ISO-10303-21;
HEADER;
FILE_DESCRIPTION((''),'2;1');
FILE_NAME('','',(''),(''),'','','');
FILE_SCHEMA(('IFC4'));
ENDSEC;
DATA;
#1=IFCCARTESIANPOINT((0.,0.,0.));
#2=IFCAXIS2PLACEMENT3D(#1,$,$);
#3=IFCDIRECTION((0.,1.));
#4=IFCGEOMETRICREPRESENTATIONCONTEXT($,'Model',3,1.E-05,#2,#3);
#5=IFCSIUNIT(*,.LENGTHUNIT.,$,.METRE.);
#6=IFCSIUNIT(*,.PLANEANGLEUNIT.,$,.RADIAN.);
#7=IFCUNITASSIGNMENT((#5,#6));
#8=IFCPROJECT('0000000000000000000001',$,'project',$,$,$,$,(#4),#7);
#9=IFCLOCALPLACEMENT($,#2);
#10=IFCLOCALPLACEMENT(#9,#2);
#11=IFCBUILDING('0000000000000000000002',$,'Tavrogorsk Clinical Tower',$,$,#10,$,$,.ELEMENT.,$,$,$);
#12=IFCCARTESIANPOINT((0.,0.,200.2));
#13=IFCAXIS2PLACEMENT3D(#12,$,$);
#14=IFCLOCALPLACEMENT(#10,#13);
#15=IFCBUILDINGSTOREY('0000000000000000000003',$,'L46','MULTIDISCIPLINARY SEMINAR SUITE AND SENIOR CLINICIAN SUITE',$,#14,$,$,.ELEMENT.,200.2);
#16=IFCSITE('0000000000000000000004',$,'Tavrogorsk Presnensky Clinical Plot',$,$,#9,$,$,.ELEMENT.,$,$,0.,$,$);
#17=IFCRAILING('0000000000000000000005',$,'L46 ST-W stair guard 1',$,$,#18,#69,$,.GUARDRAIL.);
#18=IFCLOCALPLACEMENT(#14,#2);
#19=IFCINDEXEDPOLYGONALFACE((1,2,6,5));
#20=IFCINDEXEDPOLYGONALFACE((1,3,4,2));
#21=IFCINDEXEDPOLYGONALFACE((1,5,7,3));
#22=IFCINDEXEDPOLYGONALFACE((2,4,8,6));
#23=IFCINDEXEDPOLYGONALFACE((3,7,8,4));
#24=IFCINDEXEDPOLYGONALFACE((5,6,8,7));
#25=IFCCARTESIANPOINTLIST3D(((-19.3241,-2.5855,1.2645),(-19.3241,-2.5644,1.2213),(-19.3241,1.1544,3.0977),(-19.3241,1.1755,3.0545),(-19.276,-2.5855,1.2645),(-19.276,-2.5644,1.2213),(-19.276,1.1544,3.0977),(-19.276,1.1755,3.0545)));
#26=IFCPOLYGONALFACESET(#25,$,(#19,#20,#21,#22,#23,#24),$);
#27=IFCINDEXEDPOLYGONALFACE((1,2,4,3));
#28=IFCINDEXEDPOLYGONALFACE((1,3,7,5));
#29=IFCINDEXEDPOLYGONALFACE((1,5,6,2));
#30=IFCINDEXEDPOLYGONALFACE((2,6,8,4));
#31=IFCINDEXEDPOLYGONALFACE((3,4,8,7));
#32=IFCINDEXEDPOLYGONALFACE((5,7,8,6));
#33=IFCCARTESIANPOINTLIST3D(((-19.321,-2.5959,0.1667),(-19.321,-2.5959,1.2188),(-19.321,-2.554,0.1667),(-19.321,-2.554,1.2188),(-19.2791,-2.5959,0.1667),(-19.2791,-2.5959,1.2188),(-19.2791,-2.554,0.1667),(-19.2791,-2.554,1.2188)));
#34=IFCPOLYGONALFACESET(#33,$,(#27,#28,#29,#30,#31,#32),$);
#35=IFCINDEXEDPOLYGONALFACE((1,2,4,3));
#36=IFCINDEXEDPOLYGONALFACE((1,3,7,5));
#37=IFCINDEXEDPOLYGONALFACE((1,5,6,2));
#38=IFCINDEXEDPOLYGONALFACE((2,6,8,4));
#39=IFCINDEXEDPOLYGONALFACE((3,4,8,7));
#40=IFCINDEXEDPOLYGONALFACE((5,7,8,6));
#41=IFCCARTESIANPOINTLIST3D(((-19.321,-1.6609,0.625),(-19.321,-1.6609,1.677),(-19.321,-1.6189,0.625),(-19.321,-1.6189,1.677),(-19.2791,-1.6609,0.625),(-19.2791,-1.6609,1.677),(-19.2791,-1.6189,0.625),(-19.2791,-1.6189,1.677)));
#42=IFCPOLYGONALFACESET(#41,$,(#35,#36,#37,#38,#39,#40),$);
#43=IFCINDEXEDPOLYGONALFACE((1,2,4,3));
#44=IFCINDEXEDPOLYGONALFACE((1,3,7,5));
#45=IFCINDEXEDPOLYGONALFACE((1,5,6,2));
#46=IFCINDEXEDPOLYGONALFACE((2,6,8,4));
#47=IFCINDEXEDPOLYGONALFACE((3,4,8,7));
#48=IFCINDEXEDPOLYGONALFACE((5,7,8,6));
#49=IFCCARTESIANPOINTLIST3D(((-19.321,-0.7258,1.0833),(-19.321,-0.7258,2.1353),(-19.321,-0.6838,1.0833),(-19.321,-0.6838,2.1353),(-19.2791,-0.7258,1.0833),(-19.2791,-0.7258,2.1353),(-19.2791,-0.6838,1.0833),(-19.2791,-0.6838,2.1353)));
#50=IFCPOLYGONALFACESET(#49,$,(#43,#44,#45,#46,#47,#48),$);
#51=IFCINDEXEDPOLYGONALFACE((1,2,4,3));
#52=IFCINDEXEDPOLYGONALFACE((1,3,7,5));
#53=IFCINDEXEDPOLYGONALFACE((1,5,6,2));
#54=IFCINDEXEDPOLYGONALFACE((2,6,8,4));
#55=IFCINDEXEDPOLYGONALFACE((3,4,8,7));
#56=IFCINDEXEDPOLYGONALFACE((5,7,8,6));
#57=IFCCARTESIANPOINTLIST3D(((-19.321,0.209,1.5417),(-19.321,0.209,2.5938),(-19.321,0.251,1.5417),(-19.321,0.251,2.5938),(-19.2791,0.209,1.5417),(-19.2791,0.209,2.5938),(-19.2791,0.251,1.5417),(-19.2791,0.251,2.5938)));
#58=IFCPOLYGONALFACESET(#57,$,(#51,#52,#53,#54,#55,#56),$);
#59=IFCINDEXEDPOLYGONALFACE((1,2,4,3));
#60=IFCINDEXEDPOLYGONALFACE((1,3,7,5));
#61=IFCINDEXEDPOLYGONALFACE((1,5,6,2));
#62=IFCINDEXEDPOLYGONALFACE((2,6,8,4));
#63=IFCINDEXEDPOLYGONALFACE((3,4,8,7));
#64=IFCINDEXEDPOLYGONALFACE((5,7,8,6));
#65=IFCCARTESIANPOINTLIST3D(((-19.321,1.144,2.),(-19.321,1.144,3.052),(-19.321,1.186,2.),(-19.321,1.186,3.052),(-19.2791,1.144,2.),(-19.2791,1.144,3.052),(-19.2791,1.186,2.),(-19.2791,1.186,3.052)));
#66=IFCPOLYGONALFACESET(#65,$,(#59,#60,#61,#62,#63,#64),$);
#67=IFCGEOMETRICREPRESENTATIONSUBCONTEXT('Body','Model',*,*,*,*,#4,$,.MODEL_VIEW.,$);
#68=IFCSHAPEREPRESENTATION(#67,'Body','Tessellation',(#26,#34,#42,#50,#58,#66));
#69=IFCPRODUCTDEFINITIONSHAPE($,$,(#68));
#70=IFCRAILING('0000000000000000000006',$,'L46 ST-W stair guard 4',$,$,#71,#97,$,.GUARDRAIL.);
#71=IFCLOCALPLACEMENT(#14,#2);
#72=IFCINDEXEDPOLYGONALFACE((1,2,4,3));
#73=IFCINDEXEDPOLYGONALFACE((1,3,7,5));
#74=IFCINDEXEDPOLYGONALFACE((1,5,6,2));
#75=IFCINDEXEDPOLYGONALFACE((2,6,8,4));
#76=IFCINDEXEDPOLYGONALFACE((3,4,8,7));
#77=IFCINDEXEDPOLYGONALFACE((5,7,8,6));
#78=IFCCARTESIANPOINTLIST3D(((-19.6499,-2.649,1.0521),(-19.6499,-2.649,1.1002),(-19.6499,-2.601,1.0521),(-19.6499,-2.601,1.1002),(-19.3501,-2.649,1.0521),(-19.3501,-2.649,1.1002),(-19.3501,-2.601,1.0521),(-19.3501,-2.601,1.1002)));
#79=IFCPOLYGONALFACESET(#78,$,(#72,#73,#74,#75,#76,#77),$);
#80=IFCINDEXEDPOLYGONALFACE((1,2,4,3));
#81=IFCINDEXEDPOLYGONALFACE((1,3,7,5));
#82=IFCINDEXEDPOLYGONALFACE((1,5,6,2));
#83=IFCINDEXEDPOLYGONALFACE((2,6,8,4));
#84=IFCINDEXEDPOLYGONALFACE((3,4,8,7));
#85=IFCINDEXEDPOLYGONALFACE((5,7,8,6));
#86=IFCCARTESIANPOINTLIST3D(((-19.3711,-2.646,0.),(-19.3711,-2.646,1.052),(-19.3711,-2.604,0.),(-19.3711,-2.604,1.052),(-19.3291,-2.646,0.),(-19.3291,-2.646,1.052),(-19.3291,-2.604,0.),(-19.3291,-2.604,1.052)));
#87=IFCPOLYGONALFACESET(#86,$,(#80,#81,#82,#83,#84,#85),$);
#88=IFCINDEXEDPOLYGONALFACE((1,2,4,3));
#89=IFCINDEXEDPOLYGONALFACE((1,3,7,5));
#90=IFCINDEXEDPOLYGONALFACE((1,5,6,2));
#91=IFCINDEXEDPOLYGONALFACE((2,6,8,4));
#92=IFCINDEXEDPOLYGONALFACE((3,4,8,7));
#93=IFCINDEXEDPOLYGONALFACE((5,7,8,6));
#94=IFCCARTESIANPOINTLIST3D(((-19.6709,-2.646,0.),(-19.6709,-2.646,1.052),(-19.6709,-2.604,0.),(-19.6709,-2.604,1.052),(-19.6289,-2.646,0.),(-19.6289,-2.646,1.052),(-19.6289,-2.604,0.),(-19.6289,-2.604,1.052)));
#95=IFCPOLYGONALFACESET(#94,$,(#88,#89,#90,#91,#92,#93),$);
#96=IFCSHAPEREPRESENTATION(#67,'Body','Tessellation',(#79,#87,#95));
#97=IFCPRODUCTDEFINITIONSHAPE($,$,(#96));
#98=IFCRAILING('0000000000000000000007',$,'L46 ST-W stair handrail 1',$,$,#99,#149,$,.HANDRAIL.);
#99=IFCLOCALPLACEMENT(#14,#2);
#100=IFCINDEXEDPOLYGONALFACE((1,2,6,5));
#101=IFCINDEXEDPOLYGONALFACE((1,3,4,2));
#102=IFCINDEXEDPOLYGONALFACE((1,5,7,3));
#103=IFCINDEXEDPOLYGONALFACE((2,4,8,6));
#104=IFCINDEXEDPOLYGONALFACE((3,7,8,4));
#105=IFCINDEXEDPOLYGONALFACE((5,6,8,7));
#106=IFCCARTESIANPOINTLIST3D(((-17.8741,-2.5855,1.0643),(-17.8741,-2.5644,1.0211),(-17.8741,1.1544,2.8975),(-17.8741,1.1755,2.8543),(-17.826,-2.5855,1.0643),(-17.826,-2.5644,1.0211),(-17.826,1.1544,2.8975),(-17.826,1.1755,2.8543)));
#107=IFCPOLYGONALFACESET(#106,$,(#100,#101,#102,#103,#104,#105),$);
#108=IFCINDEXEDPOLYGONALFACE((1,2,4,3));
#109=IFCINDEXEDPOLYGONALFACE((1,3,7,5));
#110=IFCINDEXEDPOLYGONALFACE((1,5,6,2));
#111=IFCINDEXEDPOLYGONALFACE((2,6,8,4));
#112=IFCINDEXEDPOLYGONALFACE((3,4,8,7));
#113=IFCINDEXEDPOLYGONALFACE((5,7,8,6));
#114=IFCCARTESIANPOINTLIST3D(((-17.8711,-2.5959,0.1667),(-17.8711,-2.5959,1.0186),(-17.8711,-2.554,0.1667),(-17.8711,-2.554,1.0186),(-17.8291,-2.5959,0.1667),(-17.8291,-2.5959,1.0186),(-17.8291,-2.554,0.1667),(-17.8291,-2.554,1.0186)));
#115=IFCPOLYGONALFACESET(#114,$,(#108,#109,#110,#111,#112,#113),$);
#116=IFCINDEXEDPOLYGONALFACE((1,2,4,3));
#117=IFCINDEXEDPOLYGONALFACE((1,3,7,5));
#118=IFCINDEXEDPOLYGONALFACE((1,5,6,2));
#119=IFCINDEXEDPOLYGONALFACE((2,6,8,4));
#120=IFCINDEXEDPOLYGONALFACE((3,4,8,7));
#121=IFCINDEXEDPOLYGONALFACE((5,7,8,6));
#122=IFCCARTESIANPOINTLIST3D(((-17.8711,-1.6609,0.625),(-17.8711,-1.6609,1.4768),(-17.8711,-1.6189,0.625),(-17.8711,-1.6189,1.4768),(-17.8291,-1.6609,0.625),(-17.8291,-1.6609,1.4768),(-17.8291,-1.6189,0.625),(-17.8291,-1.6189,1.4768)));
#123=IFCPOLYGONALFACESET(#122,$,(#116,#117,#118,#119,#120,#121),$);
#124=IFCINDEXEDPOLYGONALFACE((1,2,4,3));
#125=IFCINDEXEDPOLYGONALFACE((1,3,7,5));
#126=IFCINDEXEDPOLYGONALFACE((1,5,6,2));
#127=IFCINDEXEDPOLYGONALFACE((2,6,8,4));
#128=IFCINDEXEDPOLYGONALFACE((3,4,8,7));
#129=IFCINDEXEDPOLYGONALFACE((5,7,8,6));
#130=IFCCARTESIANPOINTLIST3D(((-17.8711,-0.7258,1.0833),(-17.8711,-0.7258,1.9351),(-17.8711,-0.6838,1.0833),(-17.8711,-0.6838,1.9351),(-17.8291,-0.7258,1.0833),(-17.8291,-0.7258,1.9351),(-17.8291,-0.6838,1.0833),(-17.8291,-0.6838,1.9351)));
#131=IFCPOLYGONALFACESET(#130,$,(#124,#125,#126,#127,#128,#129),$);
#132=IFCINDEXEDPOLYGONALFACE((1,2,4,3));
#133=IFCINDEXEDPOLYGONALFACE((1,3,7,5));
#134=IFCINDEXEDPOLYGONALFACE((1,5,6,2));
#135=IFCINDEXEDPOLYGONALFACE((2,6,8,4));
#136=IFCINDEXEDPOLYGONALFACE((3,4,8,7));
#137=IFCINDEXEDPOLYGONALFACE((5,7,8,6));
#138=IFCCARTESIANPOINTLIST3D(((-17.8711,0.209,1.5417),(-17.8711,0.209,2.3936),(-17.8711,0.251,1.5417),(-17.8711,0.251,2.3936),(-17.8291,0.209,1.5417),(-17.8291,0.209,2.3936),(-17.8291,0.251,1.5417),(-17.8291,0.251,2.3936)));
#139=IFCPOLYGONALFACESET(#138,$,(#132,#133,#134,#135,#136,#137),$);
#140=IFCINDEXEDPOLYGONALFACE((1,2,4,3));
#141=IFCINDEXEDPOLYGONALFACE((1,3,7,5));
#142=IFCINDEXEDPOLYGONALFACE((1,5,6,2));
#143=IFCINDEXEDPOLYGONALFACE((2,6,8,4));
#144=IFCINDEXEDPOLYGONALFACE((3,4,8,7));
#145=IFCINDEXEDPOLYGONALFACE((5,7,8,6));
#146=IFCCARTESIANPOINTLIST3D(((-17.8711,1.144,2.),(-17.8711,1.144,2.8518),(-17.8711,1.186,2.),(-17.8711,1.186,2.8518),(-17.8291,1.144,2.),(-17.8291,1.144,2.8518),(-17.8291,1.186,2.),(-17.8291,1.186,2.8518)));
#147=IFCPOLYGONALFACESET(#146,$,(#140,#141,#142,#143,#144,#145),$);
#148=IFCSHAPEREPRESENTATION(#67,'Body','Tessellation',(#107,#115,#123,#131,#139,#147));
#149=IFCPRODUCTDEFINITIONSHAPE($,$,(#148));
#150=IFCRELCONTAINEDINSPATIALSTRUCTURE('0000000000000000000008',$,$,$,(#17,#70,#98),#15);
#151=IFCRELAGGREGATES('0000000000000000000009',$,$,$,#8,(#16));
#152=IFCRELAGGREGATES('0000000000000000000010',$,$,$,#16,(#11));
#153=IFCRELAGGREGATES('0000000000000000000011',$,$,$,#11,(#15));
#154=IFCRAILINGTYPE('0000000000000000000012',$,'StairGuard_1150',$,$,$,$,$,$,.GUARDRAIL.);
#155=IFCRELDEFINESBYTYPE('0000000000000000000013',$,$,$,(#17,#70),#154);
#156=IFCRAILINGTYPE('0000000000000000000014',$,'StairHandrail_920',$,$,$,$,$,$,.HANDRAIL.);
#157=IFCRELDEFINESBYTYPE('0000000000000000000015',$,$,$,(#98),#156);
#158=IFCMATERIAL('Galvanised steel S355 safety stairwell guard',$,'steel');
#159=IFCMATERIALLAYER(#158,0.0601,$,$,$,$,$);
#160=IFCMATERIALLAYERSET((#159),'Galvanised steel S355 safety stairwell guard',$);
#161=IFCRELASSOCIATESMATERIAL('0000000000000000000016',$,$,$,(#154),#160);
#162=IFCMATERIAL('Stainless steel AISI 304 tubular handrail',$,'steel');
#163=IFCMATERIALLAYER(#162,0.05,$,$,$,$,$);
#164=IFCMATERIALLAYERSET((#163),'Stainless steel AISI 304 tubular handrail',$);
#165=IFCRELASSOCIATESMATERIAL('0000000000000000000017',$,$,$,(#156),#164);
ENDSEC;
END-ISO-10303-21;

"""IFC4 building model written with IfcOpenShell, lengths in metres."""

from ifc_helpers import new_model, si_unit, direction, frame, origin, origin_2d, place, context, subcontext, project, spatial, rectangle, extrude, material, layer, layer_set, type_object, element, save


model = new_model("IFC4")

# Units and contexts
model_context = context("Model", 3, precision=1e-05, world=origin(), true_north=direction((0.0, 1.0)))
body_context = subcontext(model_context, "Body", "Model", "MODEL_VIEW")
ifc_project = project(units=[si_unit("LENGTHUNIT", "METRE"), si_unit("PLANEANGLEUNIT", "RADIAN")], contexts=[model_context])

# Site, building, storey
site_placement = place(None, origin())
site = spatial("IfcSite", under=ifc_project, at=site_placement, Name="Tavrogorsk Presnensky Clinical Plot", CompositionType="ELEMENT", RefElevation=0.0)
building_placement = place(site_placement, origin())
building = spatial("IfcBuilding", under=site, at=building_placement, Name="Tavrogorsk Clinical Tower", CompositionType="ELEMENT")
storey_placement = place(building_placement, frame((0.0, 0.0, 200.2)))
storey = spatial("IfcBuildingStorey", under=building, at=storey_placement, Name="L46", Description="MULTIDISCIPLINARY SEMINAR SUITE AND SENIOR CLINICIAN SUITE", CompositionType="ELEMENT", Elevation=200.2)

# Railings
ifc_material_1 = material(Name="Galvanised steel S355 safety stairwell guard", Category="steel")
ifc_layer_1 = layer(ifc_material_1, 0.0601)
ifc_layer_set_1 = layer_set([ifc_layer_1], Name="Galvanised steel S355 safety stairwell guard")
railing_type_1 = type_object("IfcRailingType", Name="StairGuard_1150", PredefinedType="GUARDRAIL", material=ifc_layer_set_1)
railing_1_placement = place(storey_placement, frame((-19.3, -2.575, 0.1667)))
element("IfcRailing", 1, at=railing_1_placement, inside=storey, type_object=railing_type_1, Name="L46 ST-W stair guard 1", PredefinedType="GUARDRAIL", context=body_context, shape_type="SweptSolid", body=[
    extrude(rectangle(XDim=0.0481, YDim=0.0481, at=origin_2d()), frame((0.0, 0.0, 1.0762), z_axis=(0.0, 0.897928, 0.440142), x_axis=(-1.0, 0.0, 0.0)), (0.0, 0.0, 1.0), 4.165),
    extrude(rectangle(XDim=0.042, YDim=0.042, at=origin_2d()), origin(), (0.0, 0.0, 1.0), 1.052),
    extrude(rectangle(XDim=0.042, YDim=0.042, at=origin_2d()), frame((0.0, 0.9351, 0.4583)), (0.0, 0.0, 1.0), 1.052),
    extrude(rectangle(XDim=0.042, YDim=0.042, at=origin_2d()), frame((0.0, 1.8701, 0.9165)), (0.0, 0.0, 1.0), 1.052),
    extrude(rectangle(XDim=0.042, YDim=0.042, at=origin_2d()), frame((0.0, 2.8049, 1.375)), (0.0, 0.0, 1.0), 1.052),
    extrude(rectangle(XDim=0.042, YDim=0.042, at=origin_2d()), frame((0.0, 3.74, 1.8333)), (0.0, 0.0, 1.0), 1.052),
])
railing_2_placement = place(storey_placement, frame((-19.3501, -2.625, 0.0)))
element("IfcRailing", 2, at=railing_2_placement, inside=storey, type_object=railing_type_1, Name="L46 ST-W stair guard 4", PredefinedType="GUARDRAIL", context=body_context, shape_type="SweptSolid", body=[
    extrude(rectangle(XDim=0.0481, YDim=0.0481, at=origin_2d()), frame((0.0, 0.0, 1.0762), z_axis=(-1.0, 0.0, 0.0), x_axis=(0.0, -1.0, 0.0)), (0.0, 0.0, 1.0), 0.2998),
    extrude(rectangle(XDim=0.042, YDim=0.042, at=origin_2d()), origin(), (0.0, 0.0, 1.0), 1.052),
    extrude(rectangle(XDim=0.042, YDim=0.042, at=origin_2d()), frame((-0.2998, 0.0, 0.0)), (0.0, 0.0, 1.0), 1.052),
])
ifc_material_2 = material(Name="Stainless steel AISI 304 tubular handrail", Category="steel")
ifc_layer_2 = layer(ifc_material_2, 0.05)
ifc_layer_set_2 = layer_set([ifc_layer_2], Name="Stainless steel AISI 304 tubular handrail")
railing_type_2 = type_object("IfcRailingType", Name="StairHandrail_920", PredefinedType="HANDRAIL", material=ifc_layer_set_2)
railing_3_placement = place(storey_placement, frame((-17.8501, -2.575, 0.1667)))
element("IfcRailing", 3, at=railing_3_placement, inside=storey, type_object=railing_type_2, Name="L46 ST-W stair handrail 1", PredefinedType="HANDRAIL", context=body_context, shape_type="SweptSolid", body=[
    extrude(rectangle(XDim=0.0481, YDim=0.0481, at=origin_2d()), frame((0.0, 0.0, 0.876), z_axis=(0.0, 0.897928, 0.440142), x_axis=(-1.0, 0.0, 0.0)), (0.0, 0.0, 1.0), 4.165),
    extrude(rectangle(XDim=0.042, YDim=0.042, at=origin_2d()), origin(), (0.0, 0.0, 1.0), 0.8518),
    extrude(rectangle(XDim=0.042, YDim=0.042, at=origin_2d()), frame((0.0, 0.9351, 0.4583)), (0.0, 0.0, 1.0), 0.8518),
    extrude(rectangle(XDim=0.042, YDim=0.042, at=origin_2d()), frame((0.0, 1.8701, 0.9165)), (0.0, 0.0, 1.0), 0.8518),
    extrude(rectangle(XDim=0.042, YDim=0.042, at=origin_2d()), frame((0.0, 2.8049, 1.375)), (0.0, 0.0, 1.0), 0.8518),
    extrude(rectangle(XDim=0.042, YDim=0.042, at=origin_2d()), frame((0.0, 3.74, 1.8333)), (0.0, 0.0, 1.0), 0.8518),
])

save(model, "model.ifc")
